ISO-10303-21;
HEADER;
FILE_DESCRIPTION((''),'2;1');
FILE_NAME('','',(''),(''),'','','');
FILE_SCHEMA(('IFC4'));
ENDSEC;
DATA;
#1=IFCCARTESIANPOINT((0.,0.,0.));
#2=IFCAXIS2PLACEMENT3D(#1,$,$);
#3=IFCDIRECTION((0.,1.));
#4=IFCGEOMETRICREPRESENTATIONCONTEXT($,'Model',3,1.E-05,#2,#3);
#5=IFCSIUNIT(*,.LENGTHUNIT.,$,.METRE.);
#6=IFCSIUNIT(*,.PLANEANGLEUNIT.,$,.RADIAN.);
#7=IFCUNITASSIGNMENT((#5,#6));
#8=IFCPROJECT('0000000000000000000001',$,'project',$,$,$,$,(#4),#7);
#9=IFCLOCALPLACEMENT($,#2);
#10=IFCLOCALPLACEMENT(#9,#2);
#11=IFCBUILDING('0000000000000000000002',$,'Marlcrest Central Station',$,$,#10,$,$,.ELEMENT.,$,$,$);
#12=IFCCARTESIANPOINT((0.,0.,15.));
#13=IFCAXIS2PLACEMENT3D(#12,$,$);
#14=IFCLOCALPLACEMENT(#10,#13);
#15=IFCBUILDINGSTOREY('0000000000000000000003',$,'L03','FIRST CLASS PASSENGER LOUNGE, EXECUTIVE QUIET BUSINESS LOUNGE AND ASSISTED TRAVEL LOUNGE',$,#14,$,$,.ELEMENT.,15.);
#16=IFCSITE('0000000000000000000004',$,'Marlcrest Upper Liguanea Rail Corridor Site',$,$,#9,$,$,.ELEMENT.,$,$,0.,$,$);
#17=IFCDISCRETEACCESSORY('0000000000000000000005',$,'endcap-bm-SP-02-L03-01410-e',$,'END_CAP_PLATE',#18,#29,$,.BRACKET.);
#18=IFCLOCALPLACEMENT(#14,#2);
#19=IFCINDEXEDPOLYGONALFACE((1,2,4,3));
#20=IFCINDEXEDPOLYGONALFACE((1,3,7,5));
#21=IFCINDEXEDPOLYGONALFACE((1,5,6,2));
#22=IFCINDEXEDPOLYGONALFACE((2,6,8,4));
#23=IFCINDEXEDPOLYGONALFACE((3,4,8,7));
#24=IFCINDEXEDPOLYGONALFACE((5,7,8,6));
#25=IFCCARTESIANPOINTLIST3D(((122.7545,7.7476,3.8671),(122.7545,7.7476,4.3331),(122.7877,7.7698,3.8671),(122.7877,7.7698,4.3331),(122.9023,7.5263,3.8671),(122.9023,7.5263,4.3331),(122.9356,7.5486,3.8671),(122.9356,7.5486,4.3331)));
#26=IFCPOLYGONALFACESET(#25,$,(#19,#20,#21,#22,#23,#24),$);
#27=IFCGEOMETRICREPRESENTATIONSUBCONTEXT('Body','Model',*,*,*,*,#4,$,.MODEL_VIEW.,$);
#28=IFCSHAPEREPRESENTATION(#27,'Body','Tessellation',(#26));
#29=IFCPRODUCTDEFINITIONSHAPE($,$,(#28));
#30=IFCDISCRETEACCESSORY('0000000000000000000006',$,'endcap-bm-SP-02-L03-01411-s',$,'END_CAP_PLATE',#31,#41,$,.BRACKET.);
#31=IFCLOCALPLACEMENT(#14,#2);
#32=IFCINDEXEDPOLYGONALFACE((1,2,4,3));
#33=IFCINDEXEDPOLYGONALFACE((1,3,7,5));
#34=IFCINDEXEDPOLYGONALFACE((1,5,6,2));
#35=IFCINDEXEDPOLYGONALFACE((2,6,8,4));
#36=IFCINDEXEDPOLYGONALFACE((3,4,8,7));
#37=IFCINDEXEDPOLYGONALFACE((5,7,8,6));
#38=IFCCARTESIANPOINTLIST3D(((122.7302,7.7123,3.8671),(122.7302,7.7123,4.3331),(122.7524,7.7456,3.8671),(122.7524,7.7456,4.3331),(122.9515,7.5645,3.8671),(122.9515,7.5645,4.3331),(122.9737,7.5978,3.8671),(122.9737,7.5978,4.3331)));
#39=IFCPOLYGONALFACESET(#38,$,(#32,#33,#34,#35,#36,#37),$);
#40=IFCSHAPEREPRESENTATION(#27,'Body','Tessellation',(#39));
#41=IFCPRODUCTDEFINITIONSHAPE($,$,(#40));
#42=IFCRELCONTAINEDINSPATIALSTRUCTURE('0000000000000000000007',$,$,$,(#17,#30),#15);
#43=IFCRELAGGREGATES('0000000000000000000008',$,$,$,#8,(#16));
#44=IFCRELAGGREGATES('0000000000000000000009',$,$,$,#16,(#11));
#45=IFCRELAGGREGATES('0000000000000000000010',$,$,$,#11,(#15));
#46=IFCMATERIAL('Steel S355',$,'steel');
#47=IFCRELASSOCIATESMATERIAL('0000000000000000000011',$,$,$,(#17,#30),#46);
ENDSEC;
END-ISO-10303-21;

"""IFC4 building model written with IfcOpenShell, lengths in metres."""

from ifc_helpers import new_model, si_unit, direction, frame, origin, origin_2d, place, context, subcontext, project, spatial, rectangle, extrude, material, element, save


model = new_model("IFC4")

# Units and contexts
model_context = context("Model", 3, precision=1e-05, world=origin(), true_north=direction((0.0, 1.0)))
body_context = subcontext(model_context, "Body", "Model", "MODEL_VIEW")
ifc_project = project(units=[si_unit("LENGTHUNIT", "METRE"), si_unit("PLANEANGLEUNIT", "RADIAN")], contexts=[model_context])

# Site, building, storey
site_placement = place(None, origin())
site = spatial("IfcSite", under=ifc_project, at=site_placement, Name="Marlcrest Upper Liguanea Rail Corridor Site", CompositionType="ELEMENT", RefElevation=0.0)
building_placement = place(site_placement, origin())
building = spatial("IfcBuilding", under=site, at=building_placement, Name="Marlcrest Central Station", CompositionType="ELEMENT")
storey_placement = place(building_placement, frame((0.0, 0.0, 15.0)))
storey = spatial("IfcBuildingStorey", under=building, at=storey_placement, Name="L03", Description="FIRST CLASS PASSENGER LOUNGE, EXECUTIVE QUIET BUSINESS LOUNGE AND ASSISTED TRAVEL LOUNGE", CompositionType="ELEMENT", Elevation=15.0)

# Shared definitions
ifc_material_1 = material(Name="Steel S355", Category="steel")

# Discrete accessories
for number, where, z_axis, x_axis, name in (
    (1, (122.8284, 7.637, 4.1001), (0.831509, 0.555511, 0.0), (-0.555511, 0.831509, 0.0), "endcap-bm-SP-02-L03-01410-e"),
    (2, (122.8408, 7.6384, 4.1001), (0.555511, 0.831509, 0.0), (-0.831509, 0.555511, 0.0), "endcap-bm-SP-02-L03-01411-s"),
):
    element("IfcDiscreteAccessory", number, at=place(storey_placement, frame(where, z_axis=z_axis, x_axis=x_axis)), inside=storey, material=ifc_material_1, Name=name, ObjectType="END_CAP_PLATE", PredefinedType="BRACKET", context=body_context, shape_type="SweptSolid", body=[
        extrude(rectangle(XDim=0.2661, YDim=0.4661, at=origin_2d()), origin(), (0.0, 0.0, 1.0), 0.04),
    ])

save(model, "model.ifc")
